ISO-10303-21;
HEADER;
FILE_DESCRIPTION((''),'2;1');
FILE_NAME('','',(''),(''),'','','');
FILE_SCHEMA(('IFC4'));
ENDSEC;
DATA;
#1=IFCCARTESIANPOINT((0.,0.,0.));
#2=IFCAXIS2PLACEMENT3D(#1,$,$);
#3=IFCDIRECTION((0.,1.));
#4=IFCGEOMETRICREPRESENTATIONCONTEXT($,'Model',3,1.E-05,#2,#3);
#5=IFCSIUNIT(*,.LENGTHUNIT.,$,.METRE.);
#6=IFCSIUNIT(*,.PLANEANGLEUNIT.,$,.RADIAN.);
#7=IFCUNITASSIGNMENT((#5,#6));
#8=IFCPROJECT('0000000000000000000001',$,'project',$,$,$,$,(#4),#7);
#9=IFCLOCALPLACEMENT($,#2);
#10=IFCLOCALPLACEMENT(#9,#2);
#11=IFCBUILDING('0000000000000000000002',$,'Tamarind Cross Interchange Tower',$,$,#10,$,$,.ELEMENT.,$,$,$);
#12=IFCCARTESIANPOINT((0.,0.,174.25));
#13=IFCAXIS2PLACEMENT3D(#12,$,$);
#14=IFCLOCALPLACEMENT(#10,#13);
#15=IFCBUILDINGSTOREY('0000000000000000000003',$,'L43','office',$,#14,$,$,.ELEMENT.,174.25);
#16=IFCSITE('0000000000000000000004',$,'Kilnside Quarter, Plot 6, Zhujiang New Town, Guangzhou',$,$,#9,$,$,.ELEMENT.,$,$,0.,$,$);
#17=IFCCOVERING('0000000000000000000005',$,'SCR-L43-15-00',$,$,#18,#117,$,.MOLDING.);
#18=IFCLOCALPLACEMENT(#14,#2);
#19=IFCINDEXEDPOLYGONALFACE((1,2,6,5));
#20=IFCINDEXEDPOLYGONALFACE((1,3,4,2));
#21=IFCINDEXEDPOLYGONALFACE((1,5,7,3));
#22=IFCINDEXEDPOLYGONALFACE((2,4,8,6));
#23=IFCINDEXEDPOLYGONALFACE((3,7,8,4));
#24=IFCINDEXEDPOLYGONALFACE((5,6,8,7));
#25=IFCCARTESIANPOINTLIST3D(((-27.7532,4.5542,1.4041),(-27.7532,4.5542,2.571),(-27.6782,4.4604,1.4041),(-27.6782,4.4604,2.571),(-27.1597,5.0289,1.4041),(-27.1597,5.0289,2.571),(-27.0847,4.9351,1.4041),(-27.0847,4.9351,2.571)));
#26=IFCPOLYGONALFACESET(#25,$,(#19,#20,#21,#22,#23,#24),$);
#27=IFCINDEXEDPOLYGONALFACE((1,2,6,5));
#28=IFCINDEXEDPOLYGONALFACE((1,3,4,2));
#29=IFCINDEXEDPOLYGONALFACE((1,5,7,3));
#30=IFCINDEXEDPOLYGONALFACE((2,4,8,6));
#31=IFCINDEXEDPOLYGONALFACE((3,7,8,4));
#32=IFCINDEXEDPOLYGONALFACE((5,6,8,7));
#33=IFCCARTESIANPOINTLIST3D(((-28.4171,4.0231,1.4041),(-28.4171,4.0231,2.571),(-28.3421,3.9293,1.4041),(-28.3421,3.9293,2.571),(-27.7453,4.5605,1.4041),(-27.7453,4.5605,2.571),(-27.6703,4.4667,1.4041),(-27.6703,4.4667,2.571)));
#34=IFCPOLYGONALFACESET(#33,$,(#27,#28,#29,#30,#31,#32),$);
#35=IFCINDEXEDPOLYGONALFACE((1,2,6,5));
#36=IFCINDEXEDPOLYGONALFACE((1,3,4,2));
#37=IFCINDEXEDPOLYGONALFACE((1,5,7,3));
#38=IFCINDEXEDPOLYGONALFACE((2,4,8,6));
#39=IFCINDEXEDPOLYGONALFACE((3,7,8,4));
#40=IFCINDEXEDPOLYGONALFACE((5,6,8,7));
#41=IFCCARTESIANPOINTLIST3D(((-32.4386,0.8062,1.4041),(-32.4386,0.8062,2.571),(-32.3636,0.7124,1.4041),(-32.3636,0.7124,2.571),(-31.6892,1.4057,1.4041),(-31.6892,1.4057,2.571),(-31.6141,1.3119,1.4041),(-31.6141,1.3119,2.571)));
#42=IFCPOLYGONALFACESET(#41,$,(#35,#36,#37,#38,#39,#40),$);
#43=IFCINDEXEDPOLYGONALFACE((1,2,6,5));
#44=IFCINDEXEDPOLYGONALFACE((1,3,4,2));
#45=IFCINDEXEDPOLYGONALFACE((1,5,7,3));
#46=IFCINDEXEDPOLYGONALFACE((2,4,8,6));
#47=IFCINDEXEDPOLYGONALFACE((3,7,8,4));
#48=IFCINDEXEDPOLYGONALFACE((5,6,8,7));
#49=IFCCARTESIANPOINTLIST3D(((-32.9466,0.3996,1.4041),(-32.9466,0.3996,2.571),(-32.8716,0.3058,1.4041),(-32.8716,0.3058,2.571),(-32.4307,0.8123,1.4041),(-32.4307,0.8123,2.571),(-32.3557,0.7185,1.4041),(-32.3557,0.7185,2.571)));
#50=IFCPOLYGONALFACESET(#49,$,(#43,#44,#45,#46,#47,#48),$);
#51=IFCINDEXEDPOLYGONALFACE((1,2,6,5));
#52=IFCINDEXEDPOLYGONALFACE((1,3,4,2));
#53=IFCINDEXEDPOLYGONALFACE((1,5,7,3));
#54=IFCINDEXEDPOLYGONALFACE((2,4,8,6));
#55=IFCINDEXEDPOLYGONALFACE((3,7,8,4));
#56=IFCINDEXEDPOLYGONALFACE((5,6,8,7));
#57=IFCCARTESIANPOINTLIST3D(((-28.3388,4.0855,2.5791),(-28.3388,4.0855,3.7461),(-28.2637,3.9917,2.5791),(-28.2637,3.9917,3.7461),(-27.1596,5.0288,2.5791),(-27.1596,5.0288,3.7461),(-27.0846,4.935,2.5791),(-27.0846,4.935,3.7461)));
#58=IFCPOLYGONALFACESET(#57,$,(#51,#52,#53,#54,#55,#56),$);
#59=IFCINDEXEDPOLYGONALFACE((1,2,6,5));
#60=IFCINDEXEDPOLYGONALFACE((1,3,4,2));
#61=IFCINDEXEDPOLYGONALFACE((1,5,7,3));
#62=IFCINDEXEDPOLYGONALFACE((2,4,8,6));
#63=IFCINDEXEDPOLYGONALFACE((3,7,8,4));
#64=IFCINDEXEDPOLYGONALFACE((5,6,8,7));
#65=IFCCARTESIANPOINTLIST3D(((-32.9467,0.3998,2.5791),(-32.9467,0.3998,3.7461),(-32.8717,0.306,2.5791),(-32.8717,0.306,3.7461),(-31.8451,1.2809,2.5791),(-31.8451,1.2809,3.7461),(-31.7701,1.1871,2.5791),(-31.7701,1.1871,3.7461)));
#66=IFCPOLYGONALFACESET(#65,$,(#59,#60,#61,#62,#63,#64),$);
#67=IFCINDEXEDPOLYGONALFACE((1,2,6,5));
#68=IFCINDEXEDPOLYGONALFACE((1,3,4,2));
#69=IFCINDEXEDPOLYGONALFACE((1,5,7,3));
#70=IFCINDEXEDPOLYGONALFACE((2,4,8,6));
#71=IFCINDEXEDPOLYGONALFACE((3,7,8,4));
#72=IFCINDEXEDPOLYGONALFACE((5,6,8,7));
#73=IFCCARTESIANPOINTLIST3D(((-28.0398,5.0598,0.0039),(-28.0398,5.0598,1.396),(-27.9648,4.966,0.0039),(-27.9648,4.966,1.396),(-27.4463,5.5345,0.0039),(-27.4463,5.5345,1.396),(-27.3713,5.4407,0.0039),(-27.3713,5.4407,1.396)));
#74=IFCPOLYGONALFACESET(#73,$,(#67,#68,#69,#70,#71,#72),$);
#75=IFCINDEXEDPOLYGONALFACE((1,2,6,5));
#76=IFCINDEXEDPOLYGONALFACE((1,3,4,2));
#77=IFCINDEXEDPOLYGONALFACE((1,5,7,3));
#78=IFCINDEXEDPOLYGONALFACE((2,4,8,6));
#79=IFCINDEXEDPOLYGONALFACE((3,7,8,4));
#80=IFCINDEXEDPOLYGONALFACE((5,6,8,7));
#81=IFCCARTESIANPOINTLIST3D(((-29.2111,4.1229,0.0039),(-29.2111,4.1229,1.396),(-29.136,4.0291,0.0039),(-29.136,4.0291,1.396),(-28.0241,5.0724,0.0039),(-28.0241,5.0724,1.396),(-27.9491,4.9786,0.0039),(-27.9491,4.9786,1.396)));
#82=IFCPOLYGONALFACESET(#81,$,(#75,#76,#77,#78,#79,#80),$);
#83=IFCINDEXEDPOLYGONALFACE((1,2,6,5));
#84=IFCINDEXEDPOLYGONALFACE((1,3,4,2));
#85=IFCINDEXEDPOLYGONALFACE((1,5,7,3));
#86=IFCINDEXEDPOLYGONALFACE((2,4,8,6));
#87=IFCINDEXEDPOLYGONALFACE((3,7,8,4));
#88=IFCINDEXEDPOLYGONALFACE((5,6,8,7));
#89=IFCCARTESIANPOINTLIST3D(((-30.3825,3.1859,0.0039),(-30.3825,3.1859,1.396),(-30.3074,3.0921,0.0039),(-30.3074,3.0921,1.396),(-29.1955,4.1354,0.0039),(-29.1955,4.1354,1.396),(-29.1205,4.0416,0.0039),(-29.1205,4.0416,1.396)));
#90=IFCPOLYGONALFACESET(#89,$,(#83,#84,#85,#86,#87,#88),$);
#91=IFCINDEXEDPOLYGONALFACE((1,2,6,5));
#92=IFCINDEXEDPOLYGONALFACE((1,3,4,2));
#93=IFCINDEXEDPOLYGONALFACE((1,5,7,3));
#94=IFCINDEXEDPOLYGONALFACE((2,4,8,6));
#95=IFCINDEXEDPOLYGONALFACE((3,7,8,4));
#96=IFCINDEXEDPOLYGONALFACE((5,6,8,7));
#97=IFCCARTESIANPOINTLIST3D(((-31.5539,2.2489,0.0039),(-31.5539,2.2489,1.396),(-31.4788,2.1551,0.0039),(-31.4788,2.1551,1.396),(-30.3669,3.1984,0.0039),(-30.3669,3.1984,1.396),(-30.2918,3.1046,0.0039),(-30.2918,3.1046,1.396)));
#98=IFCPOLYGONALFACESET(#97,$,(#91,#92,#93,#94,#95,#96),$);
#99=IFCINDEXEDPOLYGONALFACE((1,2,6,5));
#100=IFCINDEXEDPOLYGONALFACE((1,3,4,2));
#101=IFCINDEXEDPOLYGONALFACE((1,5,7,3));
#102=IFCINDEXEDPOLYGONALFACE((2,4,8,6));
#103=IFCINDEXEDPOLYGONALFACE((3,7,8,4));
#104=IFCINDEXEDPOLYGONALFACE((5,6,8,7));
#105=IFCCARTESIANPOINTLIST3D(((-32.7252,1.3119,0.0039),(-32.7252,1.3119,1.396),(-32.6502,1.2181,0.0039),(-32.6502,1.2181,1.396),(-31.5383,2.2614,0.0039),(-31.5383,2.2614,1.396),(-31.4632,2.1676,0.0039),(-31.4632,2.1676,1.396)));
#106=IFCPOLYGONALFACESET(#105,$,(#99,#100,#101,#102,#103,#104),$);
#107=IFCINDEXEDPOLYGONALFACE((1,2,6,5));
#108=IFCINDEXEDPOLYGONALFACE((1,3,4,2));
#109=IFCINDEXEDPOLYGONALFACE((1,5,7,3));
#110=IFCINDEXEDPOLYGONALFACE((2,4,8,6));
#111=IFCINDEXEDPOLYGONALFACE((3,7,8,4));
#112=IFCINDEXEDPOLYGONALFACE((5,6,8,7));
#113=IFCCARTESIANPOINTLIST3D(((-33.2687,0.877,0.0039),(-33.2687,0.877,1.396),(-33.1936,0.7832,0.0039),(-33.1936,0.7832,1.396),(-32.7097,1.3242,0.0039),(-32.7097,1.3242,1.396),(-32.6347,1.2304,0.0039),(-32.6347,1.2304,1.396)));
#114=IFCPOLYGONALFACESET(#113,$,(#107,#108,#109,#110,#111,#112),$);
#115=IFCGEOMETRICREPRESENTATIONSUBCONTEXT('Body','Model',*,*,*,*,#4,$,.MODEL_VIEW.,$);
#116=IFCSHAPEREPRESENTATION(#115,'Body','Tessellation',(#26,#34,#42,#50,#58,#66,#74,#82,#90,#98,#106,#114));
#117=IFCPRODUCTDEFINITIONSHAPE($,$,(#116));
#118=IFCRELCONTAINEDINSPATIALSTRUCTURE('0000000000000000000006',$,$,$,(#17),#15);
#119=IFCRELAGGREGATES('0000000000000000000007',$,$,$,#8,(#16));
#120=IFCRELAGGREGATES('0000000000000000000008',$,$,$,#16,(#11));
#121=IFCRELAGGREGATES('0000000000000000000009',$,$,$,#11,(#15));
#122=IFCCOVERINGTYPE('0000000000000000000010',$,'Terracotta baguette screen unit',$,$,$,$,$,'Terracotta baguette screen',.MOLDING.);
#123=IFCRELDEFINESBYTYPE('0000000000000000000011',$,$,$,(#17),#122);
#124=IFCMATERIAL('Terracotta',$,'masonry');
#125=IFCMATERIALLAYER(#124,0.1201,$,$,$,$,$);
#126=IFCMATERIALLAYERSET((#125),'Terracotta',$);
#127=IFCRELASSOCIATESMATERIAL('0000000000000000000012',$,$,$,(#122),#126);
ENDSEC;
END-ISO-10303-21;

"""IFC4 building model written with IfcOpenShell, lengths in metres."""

from ifc_helpers import new_model, si_unit, direction, frame, origin, origin_2d, place, context, subcontext, project, spatial, rectangle, extrude, material, layer, layer_set, type_object, element, save


model = new_model("IFC4")

# Units and contexts
model_context = context("Model", 3, precision=1e-05, world=origin(), true_north=direction((0.0, 1.0)))
body_context = subcontext(model_context, "Body", "Model", "MODEL_VIEW")
ifc_project = project(units=[si_unit("LENGTHUNIT", "METRE"), si_unit("PLANEANGLEUNIT", "RADIAN")], contexts=[model_context])

# Site, building, storey
site_placement = place(None, origin())
site = spatial("IfcSite", under=ifc_project, at=site_placement, Name="Kilnside Quarter, Plot 6, Zhujiang New Town, Guangzhou", CompositionType="ELEMENT", RefElevation=0.0)
building_placement = place(site_placement, origin())
building = spatial("IfcBuilding", under=site, at=building_placement, Name="Tamarind Cross Interchange Tower", CompositionType="ELEMENT")
storey_placement = place(building_placement, frame((0.0, 0.0, 174.25)))
storey = spatial("IfcBuildingStorey", under=building, at=storey_placement, Name="L43", Description="office", CompositionType="ELEMENT", Elevation=174.25)

# Covering
ifc_material_1 = material(Name="Terracotta", Category="masonry")
ifc_layer_1 = layer(ifc_material_1, 0.1201)
ifc_layer_set_1 = layer_set([ifc_layer_1], Name="Terracotta")
covering_type = type_object("IfcCoveringType", Name="Terracotta baguette screen unit", ElementType="Terracotta baguette screen", PredefinedType="MOLDING", material=ifc_layer_set_1)
covering_1_placement = place(storey_placement, origin())
element("IfcCovering", 1, at=covering_1_placement, inside=storey, type_object=covering_type, Name="SCR-L43-15-00", PredefinedType="MOLDING", context=body_context, shape_type="SweptSolid", body=[
    extrude(rectangle(XDim=0.76, YDim=0.1201, at=origin_2d()), frame((-27.4189, 4.7446, 1.4041), z_axis=(0.0, 0.0, 1.0), x_axis=(-0.780893, -0.624665, 0.0)), (0.0, 0.0, 1.0), 1.167),
    extrude(rectangle(XDim=0.8604, YDim=0.1201, at=origin_2d()), frame((-28.0437, 4.2449, 1.4041), z_axis=(0.0, 0.0, 1.0), x_axis=(-0.780893, -0.624665, 0.0)), (0.0, 0.0, 1.0), 1.167),
    extrude(rectangle(XDim=0.9597, YDim=0.1201, at=origin_2d()), frame((-32.0264, 1.0591, 1.4041), z_axis=(0.0, 0.0, 1.0), x_axis=(-0.780893, -0.624665, 0.0)), (0.0, 0.0, 1.0), 1.167),
    extrude(rectangle(XDim=0.6606, YDim=0.1201, at=origin_2d()), frame((-32.6511, 0.5591, 1.4041), z_axis=(0.0, 0.0, 1.0), x_axis=(-0.780893, -0.624665, 0.0)), (0.0, 0.0, 1.0), 1.167),
    extrude(rectangle(XDim=1.51, YDim=0.1201, at=origin_2d()), frame((-27.7117, 4.5103, 2.5791), z_axis=(0.0, 0.0, 1.0), x_axis=(-0.780893, -0.624665, 0.0)), (0.0, 0.0, 1.0), 1.167),
    extrude(rectangle(XDim=1.4106, YDim=0.1201, at=origin_2d()), frame((-32.3584, 0.7935, 2.5791), z_axis=(0.0, 0.0, 1.0), x_axis=(-0.780893, -0.624665, 0.0)), (0.0, 0.0, 1.0), 1.167),
    extrude(rectangle(XDim=0.76, YDim=0.1201, at=origin_2d()), frame((-27.7056, 5.2502, 0.0039), z_axis=(0.0, 0.0, 1.0), x_axis=(-0.780893, -0.624665, 0.0)), (0.0, 0.0, 1.0), 1.3921),
    extrude(rectangle(XDim=1.52, YDim=0.1201, at=origin_2d()), frame((-28.5801, 4.5508, 0.0039), z_axis=(0.0, 0.0, 1.0), x_axis=(-0.780893, -0.624665, 0.0)), (0.0, 0.0, 1.0), 1.3921),
    extrude(rectangle(XDim=1.52, YDim=0.1201, at=origin_2d()), frame((-29.7515, 3.6138, 0.0039), z_axis=(0.0, 0.0, 1.0), x_axis=(-0.780893, -0.624665, 0.0)), (0.0, 0.0, 1.0), 1.3921),
    extrude(rectangle(XDim=1.52, YDim=0.1201, at=origin_2d()), frame((-30.9229, 2.6768, 0.0039), z_axis=(0.0, 0.0, 1.0), x_axis=(-0.780893, -0.624665, 0.0)), (0.0, 0.0, 1.0), 1.3921),
    extrude(rectangle(XDim=1.52, YDim=0.1201, at=origin_2d()), frame((-32.0942, 1.7397, 0.0039), z_axis=(0.0, 0.0, 1.0), x_axis=(-0.780893, -0.624665, 0.0)), (0.0, 0.0, 1.0), 1.3921),
    extrude(rectangle(XDim=0.7158, YDim=0.1201, at=origin_2d()), frame((-32.9517, 1.0537, 0.0039), z_axis=(0.0, 0.0, 1.0), x_axis=(-0.780893, -0.624665, 0.0)), (0.0, 0.0, 1.0), 1.3921),
])

save(model, "model.ifc")
